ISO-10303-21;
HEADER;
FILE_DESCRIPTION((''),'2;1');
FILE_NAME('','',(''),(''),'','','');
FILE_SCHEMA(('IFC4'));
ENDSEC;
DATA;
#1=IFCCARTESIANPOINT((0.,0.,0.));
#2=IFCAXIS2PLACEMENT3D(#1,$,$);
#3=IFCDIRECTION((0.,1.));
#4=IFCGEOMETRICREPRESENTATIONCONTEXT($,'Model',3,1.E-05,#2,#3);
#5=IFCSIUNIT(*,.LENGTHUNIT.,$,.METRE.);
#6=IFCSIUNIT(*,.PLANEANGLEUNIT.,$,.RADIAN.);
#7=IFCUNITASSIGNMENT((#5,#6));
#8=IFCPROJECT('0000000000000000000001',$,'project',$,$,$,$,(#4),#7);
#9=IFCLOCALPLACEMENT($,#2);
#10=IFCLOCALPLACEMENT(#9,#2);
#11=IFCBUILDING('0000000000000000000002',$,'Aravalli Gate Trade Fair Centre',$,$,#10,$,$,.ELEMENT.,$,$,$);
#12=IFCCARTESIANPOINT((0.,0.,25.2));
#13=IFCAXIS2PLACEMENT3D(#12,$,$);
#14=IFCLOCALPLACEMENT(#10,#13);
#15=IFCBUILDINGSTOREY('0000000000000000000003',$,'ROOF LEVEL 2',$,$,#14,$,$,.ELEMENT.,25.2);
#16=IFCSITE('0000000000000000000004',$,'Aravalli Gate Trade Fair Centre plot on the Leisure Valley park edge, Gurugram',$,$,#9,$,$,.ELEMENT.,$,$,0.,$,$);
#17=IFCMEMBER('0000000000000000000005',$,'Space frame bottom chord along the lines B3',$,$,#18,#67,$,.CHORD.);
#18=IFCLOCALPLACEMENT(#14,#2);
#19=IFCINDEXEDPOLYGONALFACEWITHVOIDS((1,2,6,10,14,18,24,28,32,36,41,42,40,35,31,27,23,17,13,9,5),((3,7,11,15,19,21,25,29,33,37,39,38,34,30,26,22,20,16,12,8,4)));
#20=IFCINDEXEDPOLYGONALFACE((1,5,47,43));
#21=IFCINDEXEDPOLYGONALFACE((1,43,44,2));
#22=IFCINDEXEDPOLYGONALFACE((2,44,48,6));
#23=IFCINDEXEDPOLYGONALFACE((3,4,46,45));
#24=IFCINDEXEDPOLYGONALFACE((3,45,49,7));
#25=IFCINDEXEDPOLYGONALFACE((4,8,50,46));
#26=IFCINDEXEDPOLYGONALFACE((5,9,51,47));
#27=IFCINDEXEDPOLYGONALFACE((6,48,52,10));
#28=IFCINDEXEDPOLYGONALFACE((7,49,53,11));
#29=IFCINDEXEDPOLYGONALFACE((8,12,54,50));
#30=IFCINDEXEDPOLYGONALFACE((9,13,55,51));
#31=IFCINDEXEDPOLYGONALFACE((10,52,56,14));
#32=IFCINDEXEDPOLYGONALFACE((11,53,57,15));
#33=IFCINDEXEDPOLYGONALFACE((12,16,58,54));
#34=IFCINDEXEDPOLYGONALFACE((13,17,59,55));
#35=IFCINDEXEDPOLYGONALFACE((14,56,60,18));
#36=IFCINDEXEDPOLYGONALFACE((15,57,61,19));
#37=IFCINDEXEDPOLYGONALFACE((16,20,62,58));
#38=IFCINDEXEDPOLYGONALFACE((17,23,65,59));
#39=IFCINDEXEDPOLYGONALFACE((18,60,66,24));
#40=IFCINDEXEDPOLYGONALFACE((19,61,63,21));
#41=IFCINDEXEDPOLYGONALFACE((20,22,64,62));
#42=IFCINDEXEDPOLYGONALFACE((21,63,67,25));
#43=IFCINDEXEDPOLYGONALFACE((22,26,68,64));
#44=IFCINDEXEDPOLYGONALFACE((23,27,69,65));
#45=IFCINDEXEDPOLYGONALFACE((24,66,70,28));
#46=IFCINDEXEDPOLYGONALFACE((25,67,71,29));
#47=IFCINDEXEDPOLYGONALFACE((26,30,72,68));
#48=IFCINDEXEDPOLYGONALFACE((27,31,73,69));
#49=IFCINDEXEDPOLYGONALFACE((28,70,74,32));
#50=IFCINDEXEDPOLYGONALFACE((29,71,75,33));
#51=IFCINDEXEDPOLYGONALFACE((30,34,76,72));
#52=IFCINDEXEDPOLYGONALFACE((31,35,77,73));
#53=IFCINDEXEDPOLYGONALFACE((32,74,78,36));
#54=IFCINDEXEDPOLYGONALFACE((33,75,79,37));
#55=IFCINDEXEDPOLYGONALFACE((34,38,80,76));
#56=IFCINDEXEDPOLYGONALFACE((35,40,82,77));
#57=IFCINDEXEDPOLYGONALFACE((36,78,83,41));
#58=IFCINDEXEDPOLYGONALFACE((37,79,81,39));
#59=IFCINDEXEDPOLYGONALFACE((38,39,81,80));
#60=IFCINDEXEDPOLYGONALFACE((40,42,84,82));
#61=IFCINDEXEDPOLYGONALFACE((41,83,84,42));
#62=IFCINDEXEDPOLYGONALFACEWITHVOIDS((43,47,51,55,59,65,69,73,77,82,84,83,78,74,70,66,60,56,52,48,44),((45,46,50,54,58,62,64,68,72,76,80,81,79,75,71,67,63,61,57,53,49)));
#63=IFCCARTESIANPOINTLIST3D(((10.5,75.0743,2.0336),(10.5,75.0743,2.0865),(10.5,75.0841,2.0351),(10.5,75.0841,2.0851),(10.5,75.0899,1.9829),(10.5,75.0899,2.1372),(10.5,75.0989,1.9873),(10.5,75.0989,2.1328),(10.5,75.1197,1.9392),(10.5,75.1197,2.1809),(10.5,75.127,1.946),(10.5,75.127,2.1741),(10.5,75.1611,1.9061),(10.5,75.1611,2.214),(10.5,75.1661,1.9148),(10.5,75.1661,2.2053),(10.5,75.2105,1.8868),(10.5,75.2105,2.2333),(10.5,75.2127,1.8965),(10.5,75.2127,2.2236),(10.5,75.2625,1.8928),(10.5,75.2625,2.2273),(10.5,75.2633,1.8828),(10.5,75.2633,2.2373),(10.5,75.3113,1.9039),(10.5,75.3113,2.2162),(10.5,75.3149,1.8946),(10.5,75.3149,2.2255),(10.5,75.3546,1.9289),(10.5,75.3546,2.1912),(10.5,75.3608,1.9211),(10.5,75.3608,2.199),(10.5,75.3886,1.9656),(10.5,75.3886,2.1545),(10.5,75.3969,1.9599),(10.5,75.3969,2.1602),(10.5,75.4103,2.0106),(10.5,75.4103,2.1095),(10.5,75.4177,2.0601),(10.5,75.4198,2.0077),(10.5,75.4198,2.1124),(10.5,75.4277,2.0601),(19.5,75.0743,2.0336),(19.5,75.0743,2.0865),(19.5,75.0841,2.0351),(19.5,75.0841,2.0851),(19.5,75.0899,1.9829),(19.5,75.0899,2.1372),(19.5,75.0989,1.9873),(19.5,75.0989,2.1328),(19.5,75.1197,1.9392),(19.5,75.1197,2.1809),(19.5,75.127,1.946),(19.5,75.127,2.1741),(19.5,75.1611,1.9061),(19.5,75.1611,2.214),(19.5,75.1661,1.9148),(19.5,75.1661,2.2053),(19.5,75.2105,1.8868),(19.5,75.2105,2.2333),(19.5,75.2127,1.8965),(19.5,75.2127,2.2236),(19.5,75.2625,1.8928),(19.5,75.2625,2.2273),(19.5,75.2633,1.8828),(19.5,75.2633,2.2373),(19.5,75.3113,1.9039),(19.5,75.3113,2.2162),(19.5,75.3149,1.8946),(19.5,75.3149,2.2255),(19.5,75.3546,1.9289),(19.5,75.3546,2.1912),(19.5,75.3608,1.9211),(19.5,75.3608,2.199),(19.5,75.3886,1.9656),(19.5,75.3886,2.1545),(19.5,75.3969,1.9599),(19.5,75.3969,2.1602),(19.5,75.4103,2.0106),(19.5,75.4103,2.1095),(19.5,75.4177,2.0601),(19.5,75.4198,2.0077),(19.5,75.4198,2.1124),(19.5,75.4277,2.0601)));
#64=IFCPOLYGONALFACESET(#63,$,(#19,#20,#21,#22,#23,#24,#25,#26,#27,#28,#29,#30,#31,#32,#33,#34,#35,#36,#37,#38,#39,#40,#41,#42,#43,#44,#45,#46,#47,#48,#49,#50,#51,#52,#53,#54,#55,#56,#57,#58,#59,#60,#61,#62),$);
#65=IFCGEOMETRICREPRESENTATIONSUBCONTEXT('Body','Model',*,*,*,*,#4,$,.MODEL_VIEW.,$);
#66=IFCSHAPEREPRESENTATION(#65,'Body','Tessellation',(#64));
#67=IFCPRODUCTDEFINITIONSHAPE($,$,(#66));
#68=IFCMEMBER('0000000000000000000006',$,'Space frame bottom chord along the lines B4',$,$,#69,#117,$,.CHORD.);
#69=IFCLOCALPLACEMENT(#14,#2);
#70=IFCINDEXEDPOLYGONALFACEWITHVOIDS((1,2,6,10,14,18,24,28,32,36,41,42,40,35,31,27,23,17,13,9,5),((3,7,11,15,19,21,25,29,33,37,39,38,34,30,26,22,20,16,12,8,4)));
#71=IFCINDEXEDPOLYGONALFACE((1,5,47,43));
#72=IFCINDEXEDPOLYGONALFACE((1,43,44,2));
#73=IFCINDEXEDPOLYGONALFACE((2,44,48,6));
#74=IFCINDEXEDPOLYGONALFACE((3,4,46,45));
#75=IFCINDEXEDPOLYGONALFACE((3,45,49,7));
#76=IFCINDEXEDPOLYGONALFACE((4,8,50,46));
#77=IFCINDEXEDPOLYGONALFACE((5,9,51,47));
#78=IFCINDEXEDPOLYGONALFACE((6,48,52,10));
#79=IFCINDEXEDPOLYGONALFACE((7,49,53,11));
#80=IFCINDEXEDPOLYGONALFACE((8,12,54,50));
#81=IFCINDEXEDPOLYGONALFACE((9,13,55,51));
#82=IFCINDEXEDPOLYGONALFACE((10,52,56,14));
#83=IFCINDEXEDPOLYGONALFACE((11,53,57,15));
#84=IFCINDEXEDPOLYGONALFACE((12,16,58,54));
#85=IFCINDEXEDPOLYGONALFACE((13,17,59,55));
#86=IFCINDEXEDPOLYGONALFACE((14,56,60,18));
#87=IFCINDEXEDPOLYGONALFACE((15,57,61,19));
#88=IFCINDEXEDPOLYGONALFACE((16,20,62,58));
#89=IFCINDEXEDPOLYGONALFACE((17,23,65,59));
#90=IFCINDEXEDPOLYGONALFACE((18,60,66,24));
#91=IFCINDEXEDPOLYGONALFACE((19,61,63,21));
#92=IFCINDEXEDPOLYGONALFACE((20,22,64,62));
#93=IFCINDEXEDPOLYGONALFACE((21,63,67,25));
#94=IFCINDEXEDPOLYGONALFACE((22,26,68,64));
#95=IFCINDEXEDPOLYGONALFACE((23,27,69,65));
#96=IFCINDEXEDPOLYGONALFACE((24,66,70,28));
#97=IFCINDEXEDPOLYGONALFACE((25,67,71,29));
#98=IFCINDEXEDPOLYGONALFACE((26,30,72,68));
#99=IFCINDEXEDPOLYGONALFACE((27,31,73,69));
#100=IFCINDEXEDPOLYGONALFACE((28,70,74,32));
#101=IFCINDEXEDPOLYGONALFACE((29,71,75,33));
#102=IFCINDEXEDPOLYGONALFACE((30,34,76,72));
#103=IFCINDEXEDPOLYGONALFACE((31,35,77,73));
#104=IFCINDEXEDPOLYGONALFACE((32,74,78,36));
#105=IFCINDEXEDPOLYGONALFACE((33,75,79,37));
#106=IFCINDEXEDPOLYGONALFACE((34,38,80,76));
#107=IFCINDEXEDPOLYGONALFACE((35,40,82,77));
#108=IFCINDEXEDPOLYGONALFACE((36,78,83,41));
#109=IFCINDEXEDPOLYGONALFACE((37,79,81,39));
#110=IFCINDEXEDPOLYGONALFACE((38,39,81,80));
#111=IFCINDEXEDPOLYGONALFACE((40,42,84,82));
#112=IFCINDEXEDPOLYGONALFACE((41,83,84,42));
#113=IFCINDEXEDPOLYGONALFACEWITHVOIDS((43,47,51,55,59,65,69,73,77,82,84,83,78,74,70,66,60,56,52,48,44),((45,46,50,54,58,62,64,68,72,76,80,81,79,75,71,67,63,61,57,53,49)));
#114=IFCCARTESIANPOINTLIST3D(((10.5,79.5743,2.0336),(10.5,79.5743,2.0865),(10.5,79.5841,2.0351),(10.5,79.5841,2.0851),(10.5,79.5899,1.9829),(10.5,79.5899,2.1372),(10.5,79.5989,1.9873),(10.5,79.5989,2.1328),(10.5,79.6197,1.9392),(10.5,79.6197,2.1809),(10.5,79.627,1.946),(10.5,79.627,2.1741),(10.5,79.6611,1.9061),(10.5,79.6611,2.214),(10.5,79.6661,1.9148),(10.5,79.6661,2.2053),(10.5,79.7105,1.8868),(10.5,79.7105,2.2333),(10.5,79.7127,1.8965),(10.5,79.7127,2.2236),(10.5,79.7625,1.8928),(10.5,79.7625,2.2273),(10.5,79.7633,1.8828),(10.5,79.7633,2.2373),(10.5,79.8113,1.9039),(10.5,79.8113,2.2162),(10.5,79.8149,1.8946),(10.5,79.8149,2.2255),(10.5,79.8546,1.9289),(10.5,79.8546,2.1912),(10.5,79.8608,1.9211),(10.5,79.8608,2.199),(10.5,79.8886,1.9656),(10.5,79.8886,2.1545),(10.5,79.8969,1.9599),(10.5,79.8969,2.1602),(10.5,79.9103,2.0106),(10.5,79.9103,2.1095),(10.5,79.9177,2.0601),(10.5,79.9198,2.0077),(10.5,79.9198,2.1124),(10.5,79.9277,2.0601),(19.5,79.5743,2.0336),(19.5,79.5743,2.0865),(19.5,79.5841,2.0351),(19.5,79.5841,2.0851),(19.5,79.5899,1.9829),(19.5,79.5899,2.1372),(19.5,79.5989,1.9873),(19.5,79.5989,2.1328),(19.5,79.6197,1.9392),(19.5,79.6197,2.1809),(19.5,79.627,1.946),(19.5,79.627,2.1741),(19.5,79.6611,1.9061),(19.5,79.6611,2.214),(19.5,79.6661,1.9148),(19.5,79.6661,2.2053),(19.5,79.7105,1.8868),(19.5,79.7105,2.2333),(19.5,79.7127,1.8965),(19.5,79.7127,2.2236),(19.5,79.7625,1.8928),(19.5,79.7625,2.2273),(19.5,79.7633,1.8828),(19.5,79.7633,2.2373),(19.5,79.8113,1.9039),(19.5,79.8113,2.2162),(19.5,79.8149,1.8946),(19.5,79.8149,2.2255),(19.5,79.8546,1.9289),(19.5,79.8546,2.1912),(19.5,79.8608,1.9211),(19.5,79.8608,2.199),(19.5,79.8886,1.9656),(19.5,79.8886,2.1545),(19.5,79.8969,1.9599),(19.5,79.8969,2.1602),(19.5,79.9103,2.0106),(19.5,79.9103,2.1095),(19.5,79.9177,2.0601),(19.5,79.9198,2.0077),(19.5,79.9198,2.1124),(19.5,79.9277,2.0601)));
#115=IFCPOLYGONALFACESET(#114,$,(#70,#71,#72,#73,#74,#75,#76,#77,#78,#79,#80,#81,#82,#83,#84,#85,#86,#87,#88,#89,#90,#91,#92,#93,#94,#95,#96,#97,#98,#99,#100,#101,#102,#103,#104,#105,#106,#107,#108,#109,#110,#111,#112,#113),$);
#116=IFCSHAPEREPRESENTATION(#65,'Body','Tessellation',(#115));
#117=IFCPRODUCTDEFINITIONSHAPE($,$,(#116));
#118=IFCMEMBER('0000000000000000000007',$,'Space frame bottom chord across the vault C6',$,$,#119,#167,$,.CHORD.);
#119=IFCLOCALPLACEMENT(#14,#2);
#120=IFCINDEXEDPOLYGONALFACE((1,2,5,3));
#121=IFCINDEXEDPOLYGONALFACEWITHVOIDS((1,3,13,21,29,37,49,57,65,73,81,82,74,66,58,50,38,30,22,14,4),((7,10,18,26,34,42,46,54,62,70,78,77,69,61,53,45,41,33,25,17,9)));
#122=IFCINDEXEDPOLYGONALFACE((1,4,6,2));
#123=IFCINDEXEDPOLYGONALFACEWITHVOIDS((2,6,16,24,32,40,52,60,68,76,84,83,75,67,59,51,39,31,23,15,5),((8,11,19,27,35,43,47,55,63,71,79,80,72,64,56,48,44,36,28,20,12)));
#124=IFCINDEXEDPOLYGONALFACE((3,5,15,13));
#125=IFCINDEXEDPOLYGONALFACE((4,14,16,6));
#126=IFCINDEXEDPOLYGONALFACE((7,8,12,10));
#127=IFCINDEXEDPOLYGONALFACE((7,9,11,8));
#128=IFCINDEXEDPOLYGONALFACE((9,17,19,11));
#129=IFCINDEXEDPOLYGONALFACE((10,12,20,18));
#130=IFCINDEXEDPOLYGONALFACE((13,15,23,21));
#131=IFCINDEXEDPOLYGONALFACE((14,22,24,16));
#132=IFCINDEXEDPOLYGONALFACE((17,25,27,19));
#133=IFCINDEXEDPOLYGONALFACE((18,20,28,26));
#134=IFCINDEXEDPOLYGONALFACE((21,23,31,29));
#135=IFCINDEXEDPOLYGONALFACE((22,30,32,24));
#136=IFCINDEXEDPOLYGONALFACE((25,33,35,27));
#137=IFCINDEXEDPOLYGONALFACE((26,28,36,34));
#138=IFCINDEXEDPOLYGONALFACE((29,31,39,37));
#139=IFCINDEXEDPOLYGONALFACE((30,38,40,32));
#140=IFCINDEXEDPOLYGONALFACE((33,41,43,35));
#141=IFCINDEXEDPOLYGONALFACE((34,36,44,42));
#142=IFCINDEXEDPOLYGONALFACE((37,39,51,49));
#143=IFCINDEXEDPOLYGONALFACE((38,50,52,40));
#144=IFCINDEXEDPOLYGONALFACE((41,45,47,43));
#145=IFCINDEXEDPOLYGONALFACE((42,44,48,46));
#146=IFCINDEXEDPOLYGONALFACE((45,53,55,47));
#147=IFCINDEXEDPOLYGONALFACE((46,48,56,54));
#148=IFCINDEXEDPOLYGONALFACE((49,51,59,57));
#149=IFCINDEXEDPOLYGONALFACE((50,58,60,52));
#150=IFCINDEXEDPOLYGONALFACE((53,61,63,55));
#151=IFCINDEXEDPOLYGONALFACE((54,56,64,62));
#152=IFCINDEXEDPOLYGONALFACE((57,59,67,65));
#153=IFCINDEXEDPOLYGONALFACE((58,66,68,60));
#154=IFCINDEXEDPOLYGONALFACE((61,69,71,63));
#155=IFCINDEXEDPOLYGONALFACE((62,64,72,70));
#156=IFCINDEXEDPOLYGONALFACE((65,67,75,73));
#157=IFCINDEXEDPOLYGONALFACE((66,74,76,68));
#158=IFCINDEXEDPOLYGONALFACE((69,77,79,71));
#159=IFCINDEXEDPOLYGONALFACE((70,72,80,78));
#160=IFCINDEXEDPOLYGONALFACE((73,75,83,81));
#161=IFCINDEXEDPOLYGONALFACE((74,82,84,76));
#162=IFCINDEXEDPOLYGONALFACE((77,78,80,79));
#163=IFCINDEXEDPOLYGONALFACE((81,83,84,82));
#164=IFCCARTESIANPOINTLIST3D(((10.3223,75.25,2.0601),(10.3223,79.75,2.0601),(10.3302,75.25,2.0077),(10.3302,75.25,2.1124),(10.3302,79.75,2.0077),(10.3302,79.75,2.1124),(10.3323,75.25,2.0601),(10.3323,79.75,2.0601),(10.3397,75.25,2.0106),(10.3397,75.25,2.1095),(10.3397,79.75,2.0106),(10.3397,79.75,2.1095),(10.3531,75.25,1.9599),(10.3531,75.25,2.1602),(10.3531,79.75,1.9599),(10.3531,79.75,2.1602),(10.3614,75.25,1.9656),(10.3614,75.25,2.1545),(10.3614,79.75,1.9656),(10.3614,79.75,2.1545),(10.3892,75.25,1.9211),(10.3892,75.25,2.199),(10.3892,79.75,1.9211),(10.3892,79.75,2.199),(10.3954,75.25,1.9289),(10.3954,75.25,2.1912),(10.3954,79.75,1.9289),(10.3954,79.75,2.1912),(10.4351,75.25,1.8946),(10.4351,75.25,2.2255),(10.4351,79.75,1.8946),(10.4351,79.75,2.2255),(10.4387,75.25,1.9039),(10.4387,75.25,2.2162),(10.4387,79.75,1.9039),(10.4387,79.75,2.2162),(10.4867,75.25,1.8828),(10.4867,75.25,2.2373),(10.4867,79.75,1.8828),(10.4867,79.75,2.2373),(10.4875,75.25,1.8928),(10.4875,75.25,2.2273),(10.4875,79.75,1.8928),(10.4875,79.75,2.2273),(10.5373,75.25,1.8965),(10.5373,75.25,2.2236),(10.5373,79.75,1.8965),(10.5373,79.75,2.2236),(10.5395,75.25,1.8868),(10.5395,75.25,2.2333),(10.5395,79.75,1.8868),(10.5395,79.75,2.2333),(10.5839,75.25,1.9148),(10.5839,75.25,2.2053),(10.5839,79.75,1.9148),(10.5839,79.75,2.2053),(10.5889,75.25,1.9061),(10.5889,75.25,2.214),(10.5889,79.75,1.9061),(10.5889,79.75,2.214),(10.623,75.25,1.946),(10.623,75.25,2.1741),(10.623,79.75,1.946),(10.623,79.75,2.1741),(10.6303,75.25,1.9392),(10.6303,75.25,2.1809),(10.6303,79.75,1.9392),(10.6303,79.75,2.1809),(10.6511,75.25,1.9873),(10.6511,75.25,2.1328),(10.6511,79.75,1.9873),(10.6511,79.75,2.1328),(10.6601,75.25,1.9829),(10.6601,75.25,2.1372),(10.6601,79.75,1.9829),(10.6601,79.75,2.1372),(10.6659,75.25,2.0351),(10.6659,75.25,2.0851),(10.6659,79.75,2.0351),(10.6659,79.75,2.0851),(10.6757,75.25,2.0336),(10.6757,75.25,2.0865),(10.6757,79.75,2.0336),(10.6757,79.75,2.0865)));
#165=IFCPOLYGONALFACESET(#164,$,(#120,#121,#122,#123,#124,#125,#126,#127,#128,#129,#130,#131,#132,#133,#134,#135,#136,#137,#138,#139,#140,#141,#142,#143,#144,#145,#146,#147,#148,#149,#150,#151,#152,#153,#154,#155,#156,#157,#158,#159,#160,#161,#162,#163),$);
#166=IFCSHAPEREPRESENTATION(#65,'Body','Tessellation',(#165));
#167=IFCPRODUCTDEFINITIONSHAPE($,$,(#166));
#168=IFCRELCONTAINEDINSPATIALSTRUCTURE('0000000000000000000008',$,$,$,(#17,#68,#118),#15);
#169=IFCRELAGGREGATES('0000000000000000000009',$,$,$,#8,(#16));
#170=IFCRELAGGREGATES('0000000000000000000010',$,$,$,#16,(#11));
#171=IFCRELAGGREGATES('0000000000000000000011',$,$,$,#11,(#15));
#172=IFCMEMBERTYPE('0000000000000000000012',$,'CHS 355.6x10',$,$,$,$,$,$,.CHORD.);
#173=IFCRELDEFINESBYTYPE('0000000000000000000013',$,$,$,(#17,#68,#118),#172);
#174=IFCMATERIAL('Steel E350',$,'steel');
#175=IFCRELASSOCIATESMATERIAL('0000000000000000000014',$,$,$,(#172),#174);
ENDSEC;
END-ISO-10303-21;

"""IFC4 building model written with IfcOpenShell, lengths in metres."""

from ifc_helpers import new_model, si_unit, direction, frame, origin, origin_2d, place, context, subcontext, project, spatial, hollow_circle, extrude, material, material_profile, profile_set, type_object, element, save


model = new_model("IFC4")

# Units and contexts
model_context = context("Model", 3, precision=1e-05, world=origin(), true_north=direction((0.0, 1.0)))
body_context = subcontext(model_context, "Body", "Model", "MODEL_VIEW")
ifc_project = project(units=[si_unit("LENGTHUNIT", "METRE"), si_unit("PLANEANGLEUNIT", "RADIAN")], contexts=[model_context])

# Site, building, storey
site_placement = place(None, origin())
site = spatial("IfcSite", under=ifc_project, at=site_placement, Name="Aravalli Gate Trade Fair Centre plot on the Leisure Valley park edge, Gurugram", CompositionType="ELEMENT", RefElevation=0.0)
building_placement = place(site_placement, origin())
building = spatial("IfcBuilding", under=site, at=building_placement, Name="Aravalli Gate Trade Fair Centre", CompositionType="ELEMENT")
storey_placement = place(building_placement, frame((0.0, 0.0, 25.2)))
storey = spatial("IfcBuildingStorey", under=building, at=storey_placement, Name="ROOF LEVEL 2", CompositionType="ELEMENT", Elevation=25.2)

# Members
ifc_material_1 = material(Name="Steel E350", Category="steel")
ifc_material_profile_1 = material_profile(ifc_material_1, hollow_circle(Radius=0.1777, WallThickness=0.01, at=origin_2d()), Name="CHS 355.6x10")
ifc_profile_set_1 = profile_set([ifc_material_profile_1], Name="Steel E350")
member_type_1 = type_object("IfcMemberType", Name="CHS 355.6x10", PredefinedType="CHORD", material=ifc_profile_set_1)
for number, where, z_axis, x_axis, name in (
    (1, (10.5, 75.25, 2.0601), (1.0, 0.0, 0.0), (0.0, 1.0, 0.0), "Space frame bottom chord along the lines B3"),
    (2, (10.5, 79.75, 2.0601), (1.0, 0.0, 0.0), (0.0, 1.0, 0.0), "Space frame bottom chord along the lines B4"),
):
    element("IfcMember", number, at=place(storey_placement, frame(where, z_axis=z_axis, x_axis=x_axis)), inside=storey, type_object=member_type_1, Name=name, PredefinedType="CHORD", context=body_context, shape_type="SweptSolid", body=[
        extrude(hollow_circle(Radius=0.1777, WallThickness=0.01, at=origin_2d()), origin(), (0.0, 0.0, 1.0), 9.0),
    ])
member_1_placement = place(storey_placement, frame((10.5, 75.25, 2.0601), z_axis=(0.0, 1.0, 0.0), x_axis=(-1.0, 0.0, 0.0)))
element("IfcMember", 3, at=member_1_placement, inside=storey, type_object=member_type_1, Name="Space frame bottom chord across the vault C6", PredefinedType="CHORD", context=body_context, shape_type="SweptSolid", body=[
    extrude(hollow_circle(Radius=0.1777, WallThickness=0.01, at=origin_2d()), origin(), (0.0, 0.0, 1.0), 4.5),
])

save(model, "model.ifc")
